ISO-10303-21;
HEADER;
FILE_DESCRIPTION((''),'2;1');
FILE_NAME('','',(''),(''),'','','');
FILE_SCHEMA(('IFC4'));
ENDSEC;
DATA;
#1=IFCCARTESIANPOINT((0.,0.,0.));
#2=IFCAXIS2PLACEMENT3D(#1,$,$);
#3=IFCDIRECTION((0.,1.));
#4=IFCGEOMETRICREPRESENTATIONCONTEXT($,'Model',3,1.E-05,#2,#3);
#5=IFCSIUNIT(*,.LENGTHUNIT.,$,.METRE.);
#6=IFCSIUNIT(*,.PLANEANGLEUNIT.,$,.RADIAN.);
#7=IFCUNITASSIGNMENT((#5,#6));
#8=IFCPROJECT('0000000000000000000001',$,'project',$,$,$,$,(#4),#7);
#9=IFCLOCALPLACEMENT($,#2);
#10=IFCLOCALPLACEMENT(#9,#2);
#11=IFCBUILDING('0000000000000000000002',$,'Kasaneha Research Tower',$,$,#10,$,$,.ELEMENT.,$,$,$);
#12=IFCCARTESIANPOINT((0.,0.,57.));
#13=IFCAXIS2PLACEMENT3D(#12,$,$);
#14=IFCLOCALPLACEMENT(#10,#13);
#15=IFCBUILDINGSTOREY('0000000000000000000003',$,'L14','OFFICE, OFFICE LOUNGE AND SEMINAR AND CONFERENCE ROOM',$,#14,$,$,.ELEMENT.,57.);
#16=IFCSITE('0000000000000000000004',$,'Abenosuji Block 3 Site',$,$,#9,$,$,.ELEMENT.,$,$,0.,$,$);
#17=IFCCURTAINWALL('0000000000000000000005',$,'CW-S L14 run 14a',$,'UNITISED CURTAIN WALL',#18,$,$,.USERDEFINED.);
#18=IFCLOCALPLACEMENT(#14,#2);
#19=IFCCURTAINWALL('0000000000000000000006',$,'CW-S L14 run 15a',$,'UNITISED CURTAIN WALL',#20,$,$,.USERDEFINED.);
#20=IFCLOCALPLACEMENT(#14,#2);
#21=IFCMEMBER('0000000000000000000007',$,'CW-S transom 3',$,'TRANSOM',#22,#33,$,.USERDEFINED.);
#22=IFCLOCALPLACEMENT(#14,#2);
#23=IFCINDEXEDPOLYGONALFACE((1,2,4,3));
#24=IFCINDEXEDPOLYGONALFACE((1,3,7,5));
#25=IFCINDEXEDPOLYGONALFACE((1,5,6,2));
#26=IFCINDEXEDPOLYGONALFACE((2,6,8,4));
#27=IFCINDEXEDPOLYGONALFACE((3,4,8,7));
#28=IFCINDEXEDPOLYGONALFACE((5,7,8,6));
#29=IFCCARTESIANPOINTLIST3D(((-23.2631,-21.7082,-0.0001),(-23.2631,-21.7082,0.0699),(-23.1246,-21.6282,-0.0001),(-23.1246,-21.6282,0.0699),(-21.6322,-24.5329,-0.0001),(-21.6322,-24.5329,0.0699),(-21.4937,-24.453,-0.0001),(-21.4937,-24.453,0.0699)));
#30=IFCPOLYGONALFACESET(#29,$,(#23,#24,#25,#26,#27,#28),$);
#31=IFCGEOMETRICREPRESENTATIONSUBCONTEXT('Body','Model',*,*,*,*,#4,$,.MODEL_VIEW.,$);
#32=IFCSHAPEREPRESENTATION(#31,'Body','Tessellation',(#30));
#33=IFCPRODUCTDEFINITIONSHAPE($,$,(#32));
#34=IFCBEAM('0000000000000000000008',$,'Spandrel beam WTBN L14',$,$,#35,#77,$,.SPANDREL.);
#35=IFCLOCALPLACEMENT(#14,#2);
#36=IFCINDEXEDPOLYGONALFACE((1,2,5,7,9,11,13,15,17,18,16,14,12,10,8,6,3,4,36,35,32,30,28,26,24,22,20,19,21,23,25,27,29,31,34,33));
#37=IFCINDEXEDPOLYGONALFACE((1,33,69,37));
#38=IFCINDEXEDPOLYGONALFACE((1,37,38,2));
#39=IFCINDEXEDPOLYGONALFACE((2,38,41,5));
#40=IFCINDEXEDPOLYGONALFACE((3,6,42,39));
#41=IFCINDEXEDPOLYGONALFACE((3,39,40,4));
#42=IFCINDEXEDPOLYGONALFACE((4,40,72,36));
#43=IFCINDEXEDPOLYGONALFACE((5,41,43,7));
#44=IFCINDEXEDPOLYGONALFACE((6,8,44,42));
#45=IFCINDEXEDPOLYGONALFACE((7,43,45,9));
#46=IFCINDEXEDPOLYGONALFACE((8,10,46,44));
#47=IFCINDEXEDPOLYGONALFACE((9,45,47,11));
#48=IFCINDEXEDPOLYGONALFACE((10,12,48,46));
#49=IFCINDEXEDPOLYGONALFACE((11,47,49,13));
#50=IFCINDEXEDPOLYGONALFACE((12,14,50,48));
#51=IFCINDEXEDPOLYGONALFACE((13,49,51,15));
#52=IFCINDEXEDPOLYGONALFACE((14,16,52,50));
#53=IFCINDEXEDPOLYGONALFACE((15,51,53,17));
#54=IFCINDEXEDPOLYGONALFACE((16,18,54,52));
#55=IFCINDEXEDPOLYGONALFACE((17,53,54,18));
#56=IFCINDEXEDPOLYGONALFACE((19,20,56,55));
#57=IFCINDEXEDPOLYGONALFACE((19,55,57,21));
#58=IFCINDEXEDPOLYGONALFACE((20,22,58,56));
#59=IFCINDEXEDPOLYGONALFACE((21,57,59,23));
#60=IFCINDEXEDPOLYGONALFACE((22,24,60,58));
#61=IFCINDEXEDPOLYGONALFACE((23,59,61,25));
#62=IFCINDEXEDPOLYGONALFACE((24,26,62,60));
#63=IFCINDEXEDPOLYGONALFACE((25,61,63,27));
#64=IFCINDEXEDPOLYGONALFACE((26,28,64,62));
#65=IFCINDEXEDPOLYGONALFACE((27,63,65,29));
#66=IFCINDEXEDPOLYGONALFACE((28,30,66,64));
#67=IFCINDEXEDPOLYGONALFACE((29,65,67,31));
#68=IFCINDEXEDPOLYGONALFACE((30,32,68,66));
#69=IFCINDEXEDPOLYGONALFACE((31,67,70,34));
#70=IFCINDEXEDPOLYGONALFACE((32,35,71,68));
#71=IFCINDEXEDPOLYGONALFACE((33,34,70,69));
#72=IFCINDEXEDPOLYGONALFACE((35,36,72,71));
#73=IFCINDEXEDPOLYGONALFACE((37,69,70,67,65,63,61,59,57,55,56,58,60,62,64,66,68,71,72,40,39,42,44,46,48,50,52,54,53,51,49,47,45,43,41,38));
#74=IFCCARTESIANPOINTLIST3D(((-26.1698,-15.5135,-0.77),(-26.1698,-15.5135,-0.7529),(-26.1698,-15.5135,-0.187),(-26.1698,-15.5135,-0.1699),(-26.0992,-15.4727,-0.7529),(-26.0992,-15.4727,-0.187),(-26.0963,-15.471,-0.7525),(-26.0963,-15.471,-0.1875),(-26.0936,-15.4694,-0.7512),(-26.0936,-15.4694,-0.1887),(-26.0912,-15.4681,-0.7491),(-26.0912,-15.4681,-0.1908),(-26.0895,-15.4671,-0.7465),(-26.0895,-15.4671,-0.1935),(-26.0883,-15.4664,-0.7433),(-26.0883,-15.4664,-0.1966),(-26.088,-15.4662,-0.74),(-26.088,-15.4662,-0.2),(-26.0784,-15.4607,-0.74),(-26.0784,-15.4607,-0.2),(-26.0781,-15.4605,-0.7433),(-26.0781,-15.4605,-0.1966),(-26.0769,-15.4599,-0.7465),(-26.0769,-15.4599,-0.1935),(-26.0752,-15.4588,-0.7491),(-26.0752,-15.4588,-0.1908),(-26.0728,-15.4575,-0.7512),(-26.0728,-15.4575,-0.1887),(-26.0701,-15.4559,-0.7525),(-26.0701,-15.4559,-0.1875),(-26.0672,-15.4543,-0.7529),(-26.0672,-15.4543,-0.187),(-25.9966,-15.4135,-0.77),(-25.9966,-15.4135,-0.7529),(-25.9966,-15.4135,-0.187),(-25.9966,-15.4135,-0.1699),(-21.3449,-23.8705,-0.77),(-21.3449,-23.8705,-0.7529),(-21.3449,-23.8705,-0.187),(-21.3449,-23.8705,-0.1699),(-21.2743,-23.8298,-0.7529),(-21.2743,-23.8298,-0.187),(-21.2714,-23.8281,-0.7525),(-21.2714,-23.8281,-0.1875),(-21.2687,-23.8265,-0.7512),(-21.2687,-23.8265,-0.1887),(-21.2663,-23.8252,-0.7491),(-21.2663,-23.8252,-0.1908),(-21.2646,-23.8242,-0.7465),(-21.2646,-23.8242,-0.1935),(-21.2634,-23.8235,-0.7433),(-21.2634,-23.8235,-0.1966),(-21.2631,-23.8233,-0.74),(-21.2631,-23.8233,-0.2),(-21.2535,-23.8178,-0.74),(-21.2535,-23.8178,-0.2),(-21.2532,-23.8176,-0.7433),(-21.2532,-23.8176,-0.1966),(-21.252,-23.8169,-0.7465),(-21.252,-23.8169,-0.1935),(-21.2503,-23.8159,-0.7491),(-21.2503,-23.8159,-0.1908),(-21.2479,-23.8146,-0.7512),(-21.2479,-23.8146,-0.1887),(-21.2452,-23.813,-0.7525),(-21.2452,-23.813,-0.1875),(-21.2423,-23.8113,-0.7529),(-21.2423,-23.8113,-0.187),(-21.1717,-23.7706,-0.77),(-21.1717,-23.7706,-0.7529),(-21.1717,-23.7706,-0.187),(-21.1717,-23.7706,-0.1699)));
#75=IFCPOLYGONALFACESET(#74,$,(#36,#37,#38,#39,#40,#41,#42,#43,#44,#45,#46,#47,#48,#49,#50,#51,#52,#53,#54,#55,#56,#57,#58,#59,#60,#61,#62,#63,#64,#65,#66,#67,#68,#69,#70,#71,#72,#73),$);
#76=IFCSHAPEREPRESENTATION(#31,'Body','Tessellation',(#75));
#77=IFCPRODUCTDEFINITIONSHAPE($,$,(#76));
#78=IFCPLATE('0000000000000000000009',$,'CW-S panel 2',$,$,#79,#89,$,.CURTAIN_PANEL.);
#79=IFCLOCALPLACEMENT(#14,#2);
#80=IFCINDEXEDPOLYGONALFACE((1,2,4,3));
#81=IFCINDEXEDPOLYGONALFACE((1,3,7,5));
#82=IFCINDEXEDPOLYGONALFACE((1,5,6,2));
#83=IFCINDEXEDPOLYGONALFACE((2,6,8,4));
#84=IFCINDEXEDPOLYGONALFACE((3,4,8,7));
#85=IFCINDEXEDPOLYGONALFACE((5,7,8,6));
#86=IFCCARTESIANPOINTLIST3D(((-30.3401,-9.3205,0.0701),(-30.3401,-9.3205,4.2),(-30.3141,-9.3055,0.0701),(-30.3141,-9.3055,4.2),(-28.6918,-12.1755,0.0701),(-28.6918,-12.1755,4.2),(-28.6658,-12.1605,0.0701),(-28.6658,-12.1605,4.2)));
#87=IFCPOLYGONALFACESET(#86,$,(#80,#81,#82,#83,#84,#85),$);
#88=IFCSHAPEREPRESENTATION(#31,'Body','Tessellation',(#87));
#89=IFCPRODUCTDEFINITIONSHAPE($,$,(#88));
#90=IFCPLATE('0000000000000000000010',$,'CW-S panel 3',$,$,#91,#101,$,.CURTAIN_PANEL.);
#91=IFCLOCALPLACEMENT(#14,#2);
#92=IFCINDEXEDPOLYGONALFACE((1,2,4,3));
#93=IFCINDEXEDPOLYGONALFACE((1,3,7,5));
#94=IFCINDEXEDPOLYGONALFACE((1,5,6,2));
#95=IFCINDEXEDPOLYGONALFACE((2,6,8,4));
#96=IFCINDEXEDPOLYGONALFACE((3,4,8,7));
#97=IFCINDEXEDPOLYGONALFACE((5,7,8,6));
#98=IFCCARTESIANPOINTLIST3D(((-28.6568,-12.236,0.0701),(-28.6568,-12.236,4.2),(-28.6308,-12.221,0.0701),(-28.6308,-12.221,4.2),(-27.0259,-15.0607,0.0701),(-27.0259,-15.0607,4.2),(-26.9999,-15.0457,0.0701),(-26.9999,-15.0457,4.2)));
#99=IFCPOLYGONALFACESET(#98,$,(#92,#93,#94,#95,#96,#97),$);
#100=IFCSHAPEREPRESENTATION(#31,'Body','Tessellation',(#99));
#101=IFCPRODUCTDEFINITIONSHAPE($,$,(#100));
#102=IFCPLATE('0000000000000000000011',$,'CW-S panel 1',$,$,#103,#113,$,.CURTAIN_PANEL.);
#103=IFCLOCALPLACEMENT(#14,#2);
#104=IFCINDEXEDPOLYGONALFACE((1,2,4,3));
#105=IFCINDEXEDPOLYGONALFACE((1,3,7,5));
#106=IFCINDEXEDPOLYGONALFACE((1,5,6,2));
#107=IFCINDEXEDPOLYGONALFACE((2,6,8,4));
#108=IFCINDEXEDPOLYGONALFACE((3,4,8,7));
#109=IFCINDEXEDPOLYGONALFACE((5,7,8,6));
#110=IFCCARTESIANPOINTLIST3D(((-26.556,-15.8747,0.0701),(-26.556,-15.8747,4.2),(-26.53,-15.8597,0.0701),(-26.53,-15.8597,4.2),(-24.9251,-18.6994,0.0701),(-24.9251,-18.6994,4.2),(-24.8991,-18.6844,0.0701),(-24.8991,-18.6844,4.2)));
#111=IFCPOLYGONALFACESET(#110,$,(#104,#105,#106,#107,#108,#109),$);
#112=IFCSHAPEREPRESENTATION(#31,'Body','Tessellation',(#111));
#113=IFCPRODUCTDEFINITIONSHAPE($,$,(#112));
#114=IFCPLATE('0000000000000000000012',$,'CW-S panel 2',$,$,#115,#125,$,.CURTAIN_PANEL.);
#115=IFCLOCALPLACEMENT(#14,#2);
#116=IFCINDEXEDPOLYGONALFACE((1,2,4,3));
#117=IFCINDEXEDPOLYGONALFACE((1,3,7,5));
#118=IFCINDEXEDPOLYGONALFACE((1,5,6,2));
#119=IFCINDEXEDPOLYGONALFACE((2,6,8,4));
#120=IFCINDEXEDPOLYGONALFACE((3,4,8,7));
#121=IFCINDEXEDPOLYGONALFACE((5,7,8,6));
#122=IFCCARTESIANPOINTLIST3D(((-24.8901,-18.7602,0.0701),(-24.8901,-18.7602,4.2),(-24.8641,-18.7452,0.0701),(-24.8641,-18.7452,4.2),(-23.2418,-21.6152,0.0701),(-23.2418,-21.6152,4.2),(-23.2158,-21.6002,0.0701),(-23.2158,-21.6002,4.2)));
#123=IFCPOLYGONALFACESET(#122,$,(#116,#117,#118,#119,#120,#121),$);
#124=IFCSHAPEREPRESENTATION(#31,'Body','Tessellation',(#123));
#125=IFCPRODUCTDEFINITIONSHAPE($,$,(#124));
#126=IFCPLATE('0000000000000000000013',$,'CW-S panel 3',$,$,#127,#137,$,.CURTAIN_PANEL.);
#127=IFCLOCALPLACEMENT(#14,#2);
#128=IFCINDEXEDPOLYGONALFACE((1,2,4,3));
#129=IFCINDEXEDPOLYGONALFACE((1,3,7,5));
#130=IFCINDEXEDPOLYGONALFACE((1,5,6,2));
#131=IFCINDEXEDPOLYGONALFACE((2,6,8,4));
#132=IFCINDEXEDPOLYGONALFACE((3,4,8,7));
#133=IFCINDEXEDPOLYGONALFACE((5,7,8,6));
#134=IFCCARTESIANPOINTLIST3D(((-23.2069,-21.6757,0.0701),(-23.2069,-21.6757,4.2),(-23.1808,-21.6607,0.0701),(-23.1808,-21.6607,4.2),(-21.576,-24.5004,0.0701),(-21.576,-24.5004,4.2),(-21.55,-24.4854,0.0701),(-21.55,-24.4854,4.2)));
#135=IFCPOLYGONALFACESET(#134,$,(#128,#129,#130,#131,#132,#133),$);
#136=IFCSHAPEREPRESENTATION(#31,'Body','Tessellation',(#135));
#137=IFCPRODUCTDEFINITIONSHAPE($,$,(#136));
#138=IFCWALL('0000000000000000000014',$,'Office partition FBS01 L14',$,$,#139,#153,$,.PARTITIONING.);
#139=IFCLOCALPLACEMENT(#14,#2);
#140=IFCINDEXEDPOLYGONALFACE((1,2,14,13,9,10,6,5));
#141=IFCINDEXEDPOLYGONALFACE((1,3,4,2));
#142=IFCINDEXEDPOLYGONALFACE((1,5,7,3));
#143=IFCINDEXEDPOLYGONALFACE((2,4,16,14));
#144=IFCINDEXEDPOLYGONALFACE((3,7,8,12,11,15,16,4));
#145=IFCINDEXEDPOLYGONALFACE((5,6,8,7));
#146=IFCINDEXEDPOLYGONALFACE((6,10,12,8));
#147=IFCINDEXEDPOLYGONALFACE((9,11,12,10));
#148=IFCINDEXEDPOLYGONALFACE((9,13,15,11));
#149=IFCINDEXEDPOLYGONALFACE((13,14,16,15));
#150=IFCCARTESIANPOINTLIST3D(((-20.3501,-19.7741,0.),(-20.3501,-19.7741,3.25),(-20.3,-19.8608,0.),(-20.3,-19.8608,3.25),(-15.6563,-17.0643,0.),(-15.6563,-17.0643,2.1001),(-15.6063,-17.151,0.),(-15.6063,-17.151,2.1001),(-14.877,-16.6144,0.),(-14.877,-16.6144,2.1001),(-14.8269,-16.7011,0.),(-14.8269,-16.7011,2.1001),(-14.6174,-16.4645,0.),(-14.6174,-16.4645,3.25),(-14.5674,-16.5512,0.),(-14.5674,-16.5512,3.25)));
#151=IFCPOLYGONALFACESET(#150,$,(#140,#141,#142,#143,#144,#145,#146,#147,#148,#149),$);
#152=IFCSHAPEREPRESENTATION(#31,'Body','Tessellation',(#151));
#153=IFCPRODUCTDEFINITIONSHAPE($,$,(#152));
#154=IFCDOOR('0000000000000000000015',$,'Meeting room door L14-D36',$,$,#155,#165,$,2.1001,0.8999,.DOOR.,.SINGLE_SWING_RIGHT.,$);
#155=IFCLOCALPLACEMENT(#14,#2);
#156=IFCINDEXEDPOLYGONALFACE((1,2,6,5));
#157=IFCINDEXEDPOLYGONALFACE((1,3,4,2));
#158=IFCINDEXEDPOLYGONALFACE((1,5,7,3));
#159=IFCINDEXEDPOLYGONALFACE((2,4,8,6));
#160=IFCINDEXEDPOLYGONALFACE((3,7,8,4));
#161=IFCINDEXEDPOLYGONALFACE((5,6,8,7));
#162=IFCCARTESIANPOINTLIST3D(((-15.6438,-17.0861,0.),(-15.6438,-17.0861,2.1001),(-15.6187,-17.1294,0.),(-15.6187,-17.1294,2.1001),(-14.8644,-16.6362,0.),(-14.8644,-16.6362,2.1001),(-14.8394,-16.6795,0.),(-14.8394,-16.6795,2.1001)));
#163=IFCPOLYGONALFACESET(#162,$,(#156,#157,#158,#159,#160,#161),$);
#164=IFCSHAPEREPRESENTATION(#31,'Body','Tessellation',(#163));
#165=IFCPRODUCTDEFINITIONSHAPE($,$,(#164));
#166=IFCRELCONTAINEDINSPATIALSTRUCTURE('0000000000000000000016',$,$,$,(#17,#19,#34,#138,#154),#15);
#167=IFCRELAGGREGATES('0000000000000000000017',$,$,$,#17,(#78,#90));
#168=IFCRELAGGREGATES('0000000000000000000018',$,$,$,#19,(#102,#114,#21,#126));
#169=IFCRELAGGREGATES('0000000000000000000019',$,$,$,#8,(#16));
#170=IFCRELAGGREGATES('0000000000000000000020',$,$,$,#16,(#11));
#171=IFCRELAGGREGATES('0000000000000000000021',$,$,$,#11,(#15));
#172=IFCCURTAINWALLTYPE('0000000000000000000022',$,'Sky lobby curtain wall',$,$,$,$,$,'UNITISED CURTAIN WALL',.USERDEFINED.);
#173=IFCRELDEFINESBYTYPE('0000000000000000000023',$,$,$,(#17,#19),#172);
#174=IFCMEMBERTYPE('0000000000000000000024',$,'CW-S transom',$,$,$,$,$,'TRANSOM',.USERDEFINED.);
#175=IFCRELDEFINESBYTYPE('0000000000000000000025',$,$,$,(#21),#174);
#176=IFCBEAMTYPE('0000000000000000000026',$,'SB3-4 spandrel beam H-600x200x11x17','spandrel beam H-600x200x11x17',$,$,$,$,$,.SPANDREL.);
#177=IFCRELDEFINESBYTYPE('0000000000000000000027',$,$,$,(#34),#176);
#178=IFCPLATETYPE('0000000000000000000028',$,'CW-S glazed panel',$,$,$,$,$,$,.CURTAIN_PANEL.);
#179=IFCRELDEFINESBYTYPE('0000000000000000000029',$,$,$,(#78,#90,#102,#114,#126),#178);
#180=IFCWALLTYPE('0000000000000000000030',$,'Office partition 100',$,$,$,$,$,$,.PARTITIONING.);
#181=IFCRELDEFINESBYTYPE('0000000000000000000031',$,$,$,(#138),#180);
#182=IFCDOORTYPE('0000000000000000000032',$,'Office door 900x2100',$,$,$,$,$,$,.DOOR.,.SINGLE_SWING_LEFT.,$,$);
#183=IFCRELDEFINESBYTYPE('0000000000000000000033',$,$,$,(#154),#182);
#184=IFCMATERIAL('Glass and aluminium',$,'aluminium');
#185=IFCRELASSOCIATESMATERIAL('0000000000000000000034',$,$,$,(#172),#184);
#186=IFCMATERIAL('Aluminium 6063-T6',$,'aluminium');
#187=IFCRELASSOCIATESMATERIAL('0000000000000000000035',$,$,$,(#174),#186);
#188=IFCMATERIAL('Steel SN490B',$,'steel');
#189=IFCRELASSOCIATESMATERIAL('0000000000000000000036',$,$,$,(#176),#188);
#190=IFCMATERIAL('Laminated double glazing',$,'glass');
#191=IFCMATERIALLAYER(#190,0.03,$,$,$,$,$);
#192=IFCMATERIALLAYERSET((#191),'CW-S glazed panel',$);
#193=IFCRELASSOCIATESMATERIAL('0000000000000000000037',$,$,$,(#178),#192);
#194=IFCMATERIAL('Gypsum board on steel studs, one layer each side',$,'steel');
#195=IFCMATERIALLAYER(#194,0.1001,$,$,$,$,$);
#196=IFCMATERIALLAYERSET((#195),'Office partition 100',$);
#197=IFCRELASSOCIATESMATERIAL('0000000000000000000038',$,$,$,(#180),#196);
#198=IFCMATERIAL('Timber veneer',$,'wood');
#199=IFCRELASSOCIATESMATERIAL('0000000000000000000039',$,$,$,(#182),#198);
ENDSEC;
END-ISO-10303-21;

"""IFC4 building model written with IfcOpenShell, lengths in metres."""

from ifc_helpers import new_model, si_unit, direction, frame, frame_2d, origin, origin_2d, place, context, subcontext, project, spatial, rectangle, i_section, extrude, material, layer, layer_set, material_profile, profile_set, type_object, element, fill, aggregate, save


model = new_model("IFC4")

# Units and contexts
model_context = context("Model", 3, precision=1e-05, world=origin(), true_north=direction((0.0, 1.0)))
body_context = subcontext(model_context, "Body", "Model", "MODEL_VIEW")
ifc_project = project(units=[si_unit("LENGTHUNIT", "METRE"), si_unit("PLANEANGLEUNIT", "RADIAN")], contexts=[model_context])

# Site, building, storey
site_placement = place(None, origin())
site = spatial("IfcSite", under=ifc_project, at=site_placement, Name="Abenosuji Block 3 Site", CompositionType="ELEMENT", RefElevation=0.0)
building_placement = place(site_placement, origin())
building = spatial("IfcBuilding", under=site, at=building_placement, Name="Kasaneha Research Tower", CompositionType="ELEMENT")
storey_placement = place(building_placement, frame((0.0, 0.0, 57.0)))
storey = spatial("IfcBuildingStorey", under=building, at=storey_placement, Name="L14", Description="OFFICE, OFFICE LOUNGE AND SEMINAR AND CONFERENCE ROOM", CompositionType="ELEMENT", Elevation=57.0)

# Shared definitions
ifc_material_1 = material(Name="Glass and aluminium", Category="aluminium")
curtain_wall_type = type_object("IfcCurtainWallType", Name="Sky lobby curtain wall", ElementType="UNITISED CURTAIN WALL", PredefinedType="USERDEFINED", material=ifc_material_1)

# Curtain walls
curtain_wall_1_placement = place(storey_placement, origin())
curtain_wall_1 = element("IfcCurtainWall", 1, at=curtain_wall_1_placement, inside=storey, type_object=curtain_wall_type, Name="CW-S L14 run 14a", ObjectType="UNITISED CURTAIN WALL", PredefinedType="USERDEFINED")
curtain_wall_2_placement = place(storey_placement, origin())
curtain_wall_2 = element("IfcCurtainWall", 2, at=curtain_wall_2_placement, inside=storey, type_object=curtain_wall_type, Name="CW-S L14 run 15a", ObjectType="UNITISED CURTAIN WALL", PredefinedType="USERDEFINED")

# Member
ifc_material_2 = material(Name="Aluminium 6063-T6", Category="aluminium")
ifc_material_profile_1 = material_profile(ifc_material_2, rectangle(XDim=0.1599, YDim=0.0701, at=origin_2d()), Name="CW-S transom 160x70")
ifc_profile_set_1 = profile_set([ifc_material_profile_1], Name="Aluminium 6063-T6")
member_type_1 = type_object("IfcMemberType", Name="CW-S transom", ElementType="TRANSOM", PredefinedType="USERDEFINED", material=ifc_profile_set_1)
member_1_placement = place(storey_placement, frame((-23.1938, -21.6682, 0.0349), z_axis=(0.500003, -0.866024, 0.0), x_axis=(0.866024, 0.500003, 0.0)))
member_1 = element("IfcMember", 3, at=member_1_placement, type_object=member_type_1, Name="CW-S transom 3", ObjectType="TRANSOM", PredefinedType="USERDEFINED", context=body_context, shape_type="SweptSolid", body=[
    extrude(rectangle(XDim=0.1599, YDim=0.0701, at=origin_2d()), origin(), (0.0, 0.0, 1.0), 3.2617),
])

# Beam
ifc_material_3 = material(Name="Steel SN490B", Category="steel")
ifc_material_profile_2 = material_profile(ifc_material_3, i_section(OverallWidth=0.2, OverallDepth=0.6001, WebThickness=0.011, FlangeThickness=0.0171, FilletRadius=0.0129, at=origin_2d()), Name="H-600x200x11x17")
ifc_profile_set_2 = profile_set([ifc_material_profile_2], Name="Steel SN490B")
beam_type = type_object("IfcBeamType", Name="SB3-4 spandrel beam H-600x200x11x17", Description="spandrel beam H-600x200x11x17", PredefinedType="SPANDREL", material=ifc_profile_set_2)
beam_placement = place(storey_placement, frame((-21.2583, -23.8206, -0.47), z_axis=(-0.499995, 0.866028, 0.0), x_axis=(-0.866028, -0.499995, 0.0)))
element("IfcBeam", 4, at=beam_placement, inside=storey, type_object=beam_type, Name="Spandrel beam WTBN L14", PredefinedType="SPANDREL", context=body_context, shape_type="SweptSolid", body=[
    extrude(i_section(OverallWidth=0.2, OverallDepth=0.6001, WebThickness=0.011, FlangeThickness=0.0171, FilletRadius=0.0129, at=origin_2d()), origin(), (0.0, 0.0, 1.0), 9.6499),
])

# Plates
ifc_material_4 = material(Name="Laminated double glazing", Category="glass")
ifc_layer_1 = layer(ifc_material_4, 0.03)
ifc_layer_set_1 = layer_set([ifc_layer_1], Name="CW-S glazed panel")
plate_type = type_object("IfcPlateType", Name="CW-S glazed panel", PredefinedType="CURTAIN_PANEL", material=ifc_layer_set_1)
plate_1_placement = place(storey_placement, frame((-29.5029, -10.7405, 0.0701), z_axis=(0.0, 0.0, 1.0), x_axis=(0.5, -0.866025, 0.0)))
plate_1 = element("IfcPlate", 5, at=plate_1_placement, type_object=plate_type, Name="CW-S panel 2", PredefinedType="CURTAIN_PANEL", context=body_context, shape_type="SweptSolid", body=[
    extrude(rectangle(XDim=3.2966, YDim=0.03, at=origin_2d()), origin(), (0.0, 0.0, 1.0), 4.1299),
])
plate_2_placement = place(storey_placement, frame((-27.8284, -13.6409, 0.0701), z_axis=(0.0, 0.0, 1.0), x_axis=(0.5, -0.866025, 0.0)))
plate_2 = element("IfcPlate", 6, at=plate_2_placement, type_object=plate_type, Name="CW-S panel 3", PredefinedType="CURTAIN_PANEL", context=body_context, shape_type="SweptSolid", body=[
    extrude(rectangle(XDim=3.2617, YDim=0.03, at=origin_2d()), origin(), (0.0, 0.0, 1.0), 4.1299),
])
aggregate(curtain_wall_1, [plate_1, plate_2])
plate_3_placement = place(storey_placement, frame((-25.7275, -17.2795, 0.0701), z_axis=(0.0, 0.0, 1.0), x_axis=(0.5, -0.866025, 0.0)))
plate_3 = element("IfcPlate", 7, at=plate_3_placement, type_object=plate_type, Name="CW-S panel 1", PredefinedType="CURTAIN_PANEL", context=body_context, shape_type="SweptSolid", body=[
    extrude(rectangle(XDim=3.2617, YDim=0.03, at=origin_2d()), origin(), (0.0, 0.0, 1.0), 4.1299),
])
plate_4_placement = place(storey_placement, frame((-24.053, -20.1802, 0.0701), z_axis=(0.0, 0.0, 1.0), x_axis=(0.5, -0.866025, 0.0)))
plate_4 = element("IfcPlate", 8, at=plate_4_placement, type_object=plate_type, Name="CW-S panel 2", PredefinedType="CURTAIN_PANEL", context=body_context, shape_type="SweptSolid", body=[
    extrude(rectangle(XDim=3.2966, YDim=0.03, at=origin_2d()), origin(), (0.0, 0.0, 1.0), 4.1299),
])
plate_5_placement = place(storey_placement, frame((-22.3784, -23.0806, 0.0701), z_axis=(0.0, 0.0, 1.0), x_axis=(0.5, -0.866025, 0.0)))
plate_5 = element("IfcPlate", 9, at=plate_5_placement, type_object=plate_type, Name="CW-S panel 3", PredefinedType="CURTAIN_PANEL", context=body_context, shape_type="SweptSolid", body=[
    extrude(rectangle(XDim=3.2617, YDim=0.03, at=origin_2d()), origin(), (0.0, 0.0, 1.0), 4.1299),
])
aggregate(curtain_wall_2, [plate_3, plate_4, member_1, plate_5])

# Wall, opening, door
ifc_material_5 = material(Name="Gypsum board on steel studs, one layer each side", Category="steel")
ifc_layer_2 = layer(ifc_material_5, 0.1001)
ifc_layer_set_2 = layer_set([ifc_layer_2], Name="Office partition 100")
wall_type = type_object("IfcWallType", Name="Office partition 100", PredefinedType="PARTITIONING", material=ifc_layer_set_2)
wall_1_placement = place(storey_placement, frame((-20.325, -19.8174, 0.0), z_axis=(0.0, 0.0, 1.0), x_axis=(0.866038, 0.499979, 0.0)))
wall_1 = element("IfcWall", 10, at=wall_1_placement, inside=storey, type_object=wall_type, Name="Office partition FBS01 L14", PredefinedType="PARTITIONING", context=body_context, shape_type="SweptSolid", body=[
    extrude(rectangle(XDim=6.6194, YDim=0.1001, at=frame_2d((3.3096, 0.0))), origin(), (0.0, 0.0, 1.0), 3.25),
])
opening_1_placement = place(wall_1_placement, frame((5.4197, 0.0, 0.0)))
opening_1 = element("IfcOpeningElement", 11, at=opening_1_placement, cuts=wall_1, PredefinedType="OPENING", context=body_context, shape_type="SweptSolid", body=[
    extrude(rectangle(XDim=0.8999, YDim=2.1001, at=frame_2d((0.45, 1.05))), frame((0.0, 0.0601, 0.0), z_axis=(0.0, -1.0, 0.0), x_axis=(1.0, 0.0, 0.0)), (0.0, 0.0, 1.0), 0.1201),
])
ifc_material_6 = material(Name="Timber veneer", Category="wood")
door_type = type_object("IfcDoorType", Name="Office door 900x2100", OperationType="SINGLE_SWING_LEFT", PredefinedType="DOOR", material=ifc_material_6)
door_1_placement = place(opening_1_placement, origin())
door_1 = element("IfcDoor", 12, at=door_1_placement, inside=storey, type_object=door_type, Name="Meeting room door L14-D36", OperationType="SINGLE_SWING_RIGHT", OverallHeight=2.1001, OverallWidth=0.8999, PredefinedType="DOOR", context=body_context, shape_type="SweptSolid", body=[
    extrude(rectangle(XDim=0.8999, YDim=2.1001, at=frame_2d((0.45, 1.05))), frame((0.0, 0.0249, 0.0), z_axis=(0.0, -1.0, 0.0), x_axis=(1.0, 0.0, 0.0)), (0.0, 0.0, 1.0), 0.05),
])
fill(opening_1, door_1)

save(model, "model.ifc")
